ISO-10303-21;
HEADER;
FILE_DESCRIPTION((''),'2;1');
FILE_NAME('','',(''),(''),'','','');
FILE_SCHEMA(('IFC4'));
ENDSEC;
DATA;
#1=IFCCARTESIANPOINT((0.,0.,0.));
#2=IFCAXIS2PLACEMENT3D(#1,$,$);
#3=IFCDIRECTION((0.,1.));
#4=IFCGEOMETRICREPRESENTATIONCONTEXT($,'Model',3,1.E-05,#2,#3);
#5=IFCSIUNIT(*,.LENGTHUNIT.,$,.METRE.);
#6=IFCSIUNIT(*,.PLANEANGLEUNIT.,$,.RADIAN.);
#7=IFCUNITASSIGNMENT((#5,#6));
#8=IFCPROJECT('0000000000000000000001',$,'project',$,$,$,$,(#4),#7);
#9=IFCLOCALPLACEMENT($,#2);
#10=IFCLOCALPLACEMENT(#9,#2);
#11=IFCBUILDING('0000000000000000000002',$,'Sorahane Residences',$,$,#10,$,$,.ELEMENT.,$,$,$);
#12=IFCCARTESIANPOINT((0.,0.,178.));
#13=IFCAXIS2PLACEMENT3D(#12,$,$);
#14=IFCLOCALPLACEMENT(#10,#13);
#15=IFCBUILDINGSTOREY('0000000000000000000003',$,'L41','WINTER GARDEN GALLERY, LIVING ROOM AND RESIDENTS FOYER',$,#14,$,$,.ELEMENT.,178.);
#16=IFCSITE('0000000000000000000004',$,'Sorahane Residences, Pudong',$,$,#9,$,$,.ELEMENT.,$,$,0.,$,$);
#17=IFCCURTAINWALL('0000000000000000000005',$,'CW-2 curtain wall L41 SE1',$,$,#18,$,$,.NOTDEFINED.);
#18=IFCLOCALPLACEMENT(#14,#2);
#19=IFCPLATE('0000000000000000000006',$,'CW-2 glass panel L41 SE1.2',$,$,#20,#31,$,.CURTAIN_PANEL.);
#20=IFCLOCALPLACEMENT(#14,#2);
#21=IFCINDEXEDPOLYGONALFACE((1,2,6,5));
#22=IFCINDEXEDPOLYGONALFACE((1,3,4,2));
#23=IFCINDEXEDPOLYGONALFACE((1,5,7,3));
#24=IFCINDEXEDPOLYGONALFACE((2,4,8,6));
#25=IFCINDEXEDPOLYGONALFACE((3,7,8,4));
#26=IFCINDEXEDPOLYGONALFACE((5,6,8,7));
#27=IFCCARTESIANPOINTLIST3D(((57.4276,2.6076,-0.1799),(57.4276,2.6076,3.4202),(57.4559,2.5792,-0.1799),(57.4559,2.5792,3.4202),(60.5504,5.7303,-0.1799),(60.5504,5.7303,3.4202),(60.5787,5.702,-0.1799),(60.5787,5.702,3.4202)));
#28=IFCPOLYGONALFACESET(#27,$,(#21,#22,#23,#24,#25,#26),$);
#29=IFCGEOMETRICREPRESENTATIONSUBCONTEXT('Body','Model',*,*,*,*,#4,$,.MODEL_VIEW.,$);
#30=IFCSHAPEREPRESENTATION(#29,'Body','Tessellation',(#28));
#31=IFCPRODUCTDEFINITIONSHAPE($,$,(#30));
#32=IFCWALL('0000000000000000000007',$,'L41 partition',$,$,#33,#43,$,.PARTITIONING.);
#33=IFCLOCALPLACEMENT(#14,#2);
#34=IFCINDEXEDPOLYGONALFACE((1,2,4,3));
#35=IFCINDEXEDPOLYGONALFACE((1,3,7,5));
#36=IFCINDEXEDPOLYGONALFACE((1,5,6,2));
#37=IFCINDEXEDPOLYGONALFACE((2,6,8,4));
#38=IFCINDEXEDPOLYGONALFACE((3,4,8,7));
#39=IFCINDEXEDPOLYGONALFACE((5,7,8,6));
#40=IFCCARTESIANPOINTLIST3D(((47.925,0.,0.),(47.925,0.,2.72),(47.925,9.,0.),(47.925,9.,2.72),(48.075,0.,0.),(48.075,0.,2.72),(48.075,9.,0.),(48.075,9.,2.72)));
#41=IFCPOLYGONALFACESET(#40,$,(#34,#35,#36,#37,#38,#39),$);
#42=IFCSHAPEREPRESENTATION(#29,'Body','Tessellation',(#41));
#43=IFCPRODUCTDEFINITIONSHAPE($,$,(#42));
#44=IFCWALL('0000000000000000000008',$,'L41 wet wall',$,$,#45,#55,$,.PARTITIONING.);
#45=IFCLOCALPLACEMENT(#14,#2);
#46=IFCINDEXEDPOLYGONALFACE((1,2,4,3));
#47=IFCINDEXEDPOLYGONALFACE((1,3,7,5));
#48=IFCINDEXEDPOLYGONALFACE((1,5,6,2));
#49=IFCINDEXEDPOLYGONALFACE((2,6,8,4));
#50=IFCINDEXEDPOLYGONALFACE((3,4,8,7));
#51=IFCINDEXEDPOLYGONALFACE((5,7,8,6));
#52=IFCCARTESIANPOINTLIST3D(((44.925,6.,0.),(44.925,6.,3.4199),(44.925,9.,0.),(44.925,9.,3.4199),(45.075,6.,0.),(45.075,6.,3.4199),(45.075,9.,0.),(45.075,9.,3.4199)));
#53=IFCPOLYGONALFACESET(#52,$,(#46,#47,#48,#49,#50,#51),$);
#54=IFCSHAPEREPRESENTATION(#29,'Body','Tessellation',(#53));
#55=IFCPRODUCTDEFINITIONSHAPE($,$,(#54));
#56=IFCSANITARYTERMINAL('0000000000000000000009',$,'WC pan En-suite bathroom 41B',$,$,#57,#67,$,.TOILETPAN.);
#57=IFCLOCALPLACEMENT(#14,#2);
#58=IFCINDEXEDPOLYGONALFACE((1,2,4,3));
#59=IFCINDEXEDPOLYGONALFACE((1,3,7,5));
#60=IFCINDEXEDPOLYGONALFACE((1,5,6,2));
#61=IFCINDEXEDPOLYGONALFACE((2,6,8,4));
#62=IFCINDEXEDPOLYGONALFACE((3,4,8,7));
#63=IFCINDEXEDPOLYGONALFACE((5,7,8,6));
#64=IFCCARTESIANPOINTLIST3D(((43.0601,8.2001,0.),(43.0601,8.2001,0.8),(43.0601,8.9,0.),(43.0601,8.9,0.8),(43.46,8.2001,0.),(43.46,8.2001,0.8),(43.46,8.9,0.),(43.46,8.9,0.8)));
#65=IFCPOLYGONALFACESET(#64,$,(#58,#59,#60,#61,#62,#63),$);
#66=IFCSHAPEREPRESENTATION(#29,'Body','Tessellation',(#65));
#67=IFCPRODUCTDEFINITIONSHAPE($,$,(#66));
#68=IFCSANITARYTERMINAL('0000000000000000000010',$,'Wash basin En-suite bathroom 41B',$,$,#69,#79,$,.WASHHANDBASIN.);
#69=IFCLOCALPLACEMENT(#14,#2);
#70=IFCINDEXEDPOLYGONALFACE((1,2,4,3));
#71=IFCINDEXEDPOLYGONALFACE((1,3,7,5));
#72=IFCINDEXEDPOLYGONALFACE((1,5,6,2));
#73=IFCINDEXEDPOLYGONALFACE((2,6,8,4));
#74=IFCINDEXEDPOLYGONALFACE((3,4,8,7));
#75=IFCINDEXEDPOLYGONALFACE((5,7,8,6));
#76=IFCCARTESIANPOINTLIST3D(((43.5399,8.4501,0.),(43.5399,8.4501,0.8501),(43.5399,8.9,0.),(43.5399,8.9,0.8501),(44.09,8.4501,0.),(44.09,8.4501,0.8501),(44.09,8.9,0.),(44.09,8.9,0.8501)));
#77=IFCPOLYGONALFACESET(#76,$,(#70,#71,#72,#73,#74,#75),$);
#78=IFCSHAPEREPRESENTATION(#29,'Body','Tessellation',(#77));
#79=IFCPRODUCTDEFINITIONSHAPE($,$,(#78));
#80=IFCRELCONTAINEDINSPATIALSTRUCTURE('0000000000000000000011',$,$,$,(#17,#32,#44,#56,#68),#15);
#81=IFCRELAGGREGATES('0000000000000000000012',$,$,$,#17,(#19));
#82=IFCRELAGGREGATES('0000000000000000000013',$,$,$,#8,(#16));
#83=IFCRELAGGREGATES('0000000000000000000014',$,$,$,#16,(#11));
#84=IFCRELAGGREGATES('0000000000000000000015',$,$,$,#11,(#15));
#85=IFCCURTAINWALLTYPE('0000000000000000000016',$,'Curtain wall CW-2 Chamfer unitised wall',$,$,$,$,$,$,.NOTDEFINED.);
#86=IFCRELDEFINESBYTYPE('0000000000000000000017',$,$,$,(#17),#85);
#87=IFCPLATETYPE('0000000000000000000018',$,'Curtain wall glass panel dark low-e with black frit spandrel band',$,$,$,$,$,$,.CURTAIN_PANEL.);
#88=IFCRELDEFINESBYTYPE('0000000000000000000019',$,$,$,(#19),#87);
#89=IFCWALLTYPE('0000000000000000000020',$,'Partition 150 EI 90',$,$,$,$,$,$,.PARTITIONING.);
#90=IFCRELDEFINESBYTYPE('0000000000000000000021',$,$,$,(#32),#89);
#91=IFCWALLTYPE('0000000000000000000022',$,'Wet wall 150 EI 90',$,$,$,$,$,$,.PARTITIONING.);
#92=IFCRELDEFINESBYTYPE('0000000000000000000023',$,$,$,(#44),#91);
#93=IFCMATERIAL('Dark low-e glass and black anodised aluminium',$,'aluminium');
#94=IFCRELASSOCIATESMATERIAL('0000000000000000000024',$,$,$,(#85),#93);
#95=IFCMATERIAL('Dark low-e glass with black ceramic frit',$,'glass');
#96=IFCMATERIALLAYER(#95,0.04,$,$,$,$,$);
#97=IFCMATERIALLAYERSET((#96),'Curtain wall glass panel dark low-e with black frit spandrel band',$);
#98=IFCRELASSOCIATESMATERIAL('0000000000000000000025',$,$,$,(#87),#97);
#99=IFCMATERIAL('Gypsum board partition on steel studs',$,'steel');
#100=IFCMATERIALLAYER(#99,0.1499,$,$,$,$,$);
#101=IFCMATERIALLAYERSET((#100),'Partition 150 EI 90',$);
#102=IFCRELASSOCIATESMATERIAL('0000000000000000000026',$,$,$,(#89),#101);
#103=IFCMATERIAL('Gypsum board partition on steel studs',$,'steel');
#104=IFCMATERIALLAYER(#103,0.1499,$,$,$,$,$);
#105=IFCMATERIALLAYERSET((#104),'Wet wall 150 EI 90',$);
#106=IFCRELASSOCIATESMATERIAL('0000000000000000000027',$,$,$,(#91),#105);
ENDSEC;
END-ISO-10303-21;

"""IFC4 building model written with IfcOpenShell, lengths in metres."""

from ifc_helpers import new_model, si_unit, direction, frame, frame_2d, origin, origin_2d, place, context, subcontext, project, spatial, rectangle, extrude, material, layer, layer_set, type_object, element, aggregate, save


model = new_model("IFC4")

# Units and contexts
model_context = context("Model", 3, precision=1e-05, world=origin(), true_north=direction((0.0, 1.0)))
body_context = subcontext(model_context, "Body", "Model", "MODEL_VIEW")
ifc_project = project(units=[si_unit("LENGTHUNIT", "METRE"), si_unit("PLANEANGLEUNIT", "RADIAN")], contexts=[model_context])

# Site, building, storey
site_placement = place(None, origin())
site = spatial("IfcSite", under=ifc_project, at=site_placement, Name="Sorahane Residences, Pudong", CompositionType="ELEMENT", RefElevation=0.0)
building_placement = place(site_placement, origin())
building = spatial("IfcBuilding", under=site, at=building_placement, Name="Sorahane Residences", CompositionType="ELEMENT")
storey_placement = place(building_placement, frame((0.0, 0.0, 178.0)))
storey = spatial("IfcBuildingStorey", under=building, at=storey_placement, Name="L41", Description="WINTER GARDEN GALLERY, LIVING ROOM AND RESIDENTS FOYER", CompositionType="ELEMENT", Elevation=178.0)

# Curtain wall
ifc_material_1 = material(Name="Dark low-e glass and black anodised aluminium", Category="aluminium")
curtain_wall_type_1 = type_object("IfcCurtainWallType", Name="Curtain wall CW-2 Chamfer unitised wall", PredefinedType="NOTDEFINED", material=ifc_material_1)
curtain_wall_1_placement = place(storey_placement, origin())
curtain_wall_1 = element("IfcCurtainWall", 1, at=curtain_wall_1_placement, inside=storey, type_object=curtain_wall_type_1, Name="CW-2 curtain wall L41 SE1", PredefinedType="NOTDEFINED")

# Plate
ifc_material_2 = material(Name="Dark low-e glass with black ceramic frit", Category="glass")
ifc_layer_1 = layer(ifc_material_2, 0.04)
ifc_layer_set_1 = layer_set([ifc_layer_1], Name="Curtain wall glass panel dark low-e with black frit spandrel band")
plate_type = type_object("IfcPlateType", Name="Curtain wall glass panel dark low-e with black frit spandrel band", PredefinedType="CURTAIN_PANEL", material=ifc_layer_set_1)
plate_1_placement = place(storey_placement, frame((59.0032, 4.1548, -0.1799), z_axis=(0.0, 0.0, 1.0), x_axis=(0.707107, 0.707107, 0.0)))
plate_1 = element("IfcPlate", 2, at=plate_1_placement, type_object=plate_type, Name="CW-2 glass panel L41 SE1.2", PredefinedType="CURTAIN_PANEL", context=body_context, shape_type="SweptSolid", body=[
    extrude(rectangle(XDim=4.4163, YDim=0.04, at=origin_2d()), origin(), (0.0, 0.0, 1.0), 3.6001),
])
aggregate(curtain_wall_1, [plate_1])

# Wall
ifc_material_3 = material(Name="Gypsum board partition on steel studs", Category="steel")
ifc_layer_2 = layer(ifc_material_3, 0.1499)
ifc_layer_set_2 = layer_set([ifc_layer_2], Name="Partition 150 EI 90")
wall_type_1 = type_object("IfcWallType", Name="Partition 150 EI 90", PredefinedType="PARTITIONING", material=ifc_layer_set_2)
wall_1_placement = place(storey_placement, frame((48.0, 0.0, 0.0), z_axis=(0.0, 0.0, 1.0), x_axis=(0.0, 1.0, 0.0)))
element("IfcWall", 3, at=wall_1_placement, inside=storey, type_object=wall_type_1, Name="L41 partition", PredefinedType="PARTITIONING", context=body_context, shape_type="SweptSolid", body=[
    extrude(rectangle(XDim=9.0, YDim=0.1499, at=frame_2d((4.5, 0.0))), origin(), (0.0, 0.0, 1.0), 2.72),
])

# Wall
ifc_material_4 = material(Name="Gypsum board partition on steel studs", Category="steel")
ifc_layer_3 = layer(ifc_material_4, 0.1499)
ifc_layer_set_3 = layer_set([ifc_layer_3], Name="Wet wall 150 EI 90")
wall_type_2 = type_object("IfcWallType", Name="Wet wall 150 EI 90", PredefinedType="PARTITIONING", material=ifc_layer_set_3)
wall_2_placement = place(storey_placement, frame((45.0, 6.0, 0.0), z_axis=(0.0, 0.0, 1.0), x_axis=(0.0, 1.0, 0.0)))
element("IfcWall", 4, at=wall_2_placement, inside=storey, type_object=wall_type_2, Name="L41 wet wall", PredefinedType="PARTITIONING", context=body_context, shape_type="SweptSolid", body=[
    extrude(rectangle(XDim=3.0, YDim=0.1499, at=frame_2d((1.5, 0.0))), origin(), (0.0, 0.0, 1.0), 3.4199),
])

# Sanitary terminals
sanitary_terminal_1_placement = place(storey_placement, frame((43.26, 8.55, 0.0), z_axis=(0.0, 0.0, 1.0), x_axis=(1.0, 0.0, 0.0)))
element("IfcSanitaryTerminal", 5, at=sanitary_terminal_1_placement, inside=storey, Name="WC pan En-suite bathroom 41B", PredefinedType="TOILETPAN", context=body_context, shape_type="SweptSolid", body=[
    extrude(rectangle(XDim=0.3999, YDim=0.7, at=origin_2d()), origin(), (0.0, 0.0, 1.0), 0.8),
])
sanitary_terminal_2_placement = place(storey_placement, frame((43.8149, 8.675, 0.0), z_axis=(0.0, 0.0, 1.0), x_axis=(1.0, 0.0, 0.0)))
element("IfcSanitaryTerminal", 6, at=sanitary_terminal_2_placement, inside=storey, Name="Wash basin En-suite bathroom 41B", PredefinedType="WASHHANDBASIN", context=body_context, shape_type="SweptSolid", body=[
    extrude(rectangle(XDim=0.55, YDim=0.45, at=origin_2d()), origin(), (0.0, 0.0, 1.0), 0.8501),
])

save(model, "model.ifc")
